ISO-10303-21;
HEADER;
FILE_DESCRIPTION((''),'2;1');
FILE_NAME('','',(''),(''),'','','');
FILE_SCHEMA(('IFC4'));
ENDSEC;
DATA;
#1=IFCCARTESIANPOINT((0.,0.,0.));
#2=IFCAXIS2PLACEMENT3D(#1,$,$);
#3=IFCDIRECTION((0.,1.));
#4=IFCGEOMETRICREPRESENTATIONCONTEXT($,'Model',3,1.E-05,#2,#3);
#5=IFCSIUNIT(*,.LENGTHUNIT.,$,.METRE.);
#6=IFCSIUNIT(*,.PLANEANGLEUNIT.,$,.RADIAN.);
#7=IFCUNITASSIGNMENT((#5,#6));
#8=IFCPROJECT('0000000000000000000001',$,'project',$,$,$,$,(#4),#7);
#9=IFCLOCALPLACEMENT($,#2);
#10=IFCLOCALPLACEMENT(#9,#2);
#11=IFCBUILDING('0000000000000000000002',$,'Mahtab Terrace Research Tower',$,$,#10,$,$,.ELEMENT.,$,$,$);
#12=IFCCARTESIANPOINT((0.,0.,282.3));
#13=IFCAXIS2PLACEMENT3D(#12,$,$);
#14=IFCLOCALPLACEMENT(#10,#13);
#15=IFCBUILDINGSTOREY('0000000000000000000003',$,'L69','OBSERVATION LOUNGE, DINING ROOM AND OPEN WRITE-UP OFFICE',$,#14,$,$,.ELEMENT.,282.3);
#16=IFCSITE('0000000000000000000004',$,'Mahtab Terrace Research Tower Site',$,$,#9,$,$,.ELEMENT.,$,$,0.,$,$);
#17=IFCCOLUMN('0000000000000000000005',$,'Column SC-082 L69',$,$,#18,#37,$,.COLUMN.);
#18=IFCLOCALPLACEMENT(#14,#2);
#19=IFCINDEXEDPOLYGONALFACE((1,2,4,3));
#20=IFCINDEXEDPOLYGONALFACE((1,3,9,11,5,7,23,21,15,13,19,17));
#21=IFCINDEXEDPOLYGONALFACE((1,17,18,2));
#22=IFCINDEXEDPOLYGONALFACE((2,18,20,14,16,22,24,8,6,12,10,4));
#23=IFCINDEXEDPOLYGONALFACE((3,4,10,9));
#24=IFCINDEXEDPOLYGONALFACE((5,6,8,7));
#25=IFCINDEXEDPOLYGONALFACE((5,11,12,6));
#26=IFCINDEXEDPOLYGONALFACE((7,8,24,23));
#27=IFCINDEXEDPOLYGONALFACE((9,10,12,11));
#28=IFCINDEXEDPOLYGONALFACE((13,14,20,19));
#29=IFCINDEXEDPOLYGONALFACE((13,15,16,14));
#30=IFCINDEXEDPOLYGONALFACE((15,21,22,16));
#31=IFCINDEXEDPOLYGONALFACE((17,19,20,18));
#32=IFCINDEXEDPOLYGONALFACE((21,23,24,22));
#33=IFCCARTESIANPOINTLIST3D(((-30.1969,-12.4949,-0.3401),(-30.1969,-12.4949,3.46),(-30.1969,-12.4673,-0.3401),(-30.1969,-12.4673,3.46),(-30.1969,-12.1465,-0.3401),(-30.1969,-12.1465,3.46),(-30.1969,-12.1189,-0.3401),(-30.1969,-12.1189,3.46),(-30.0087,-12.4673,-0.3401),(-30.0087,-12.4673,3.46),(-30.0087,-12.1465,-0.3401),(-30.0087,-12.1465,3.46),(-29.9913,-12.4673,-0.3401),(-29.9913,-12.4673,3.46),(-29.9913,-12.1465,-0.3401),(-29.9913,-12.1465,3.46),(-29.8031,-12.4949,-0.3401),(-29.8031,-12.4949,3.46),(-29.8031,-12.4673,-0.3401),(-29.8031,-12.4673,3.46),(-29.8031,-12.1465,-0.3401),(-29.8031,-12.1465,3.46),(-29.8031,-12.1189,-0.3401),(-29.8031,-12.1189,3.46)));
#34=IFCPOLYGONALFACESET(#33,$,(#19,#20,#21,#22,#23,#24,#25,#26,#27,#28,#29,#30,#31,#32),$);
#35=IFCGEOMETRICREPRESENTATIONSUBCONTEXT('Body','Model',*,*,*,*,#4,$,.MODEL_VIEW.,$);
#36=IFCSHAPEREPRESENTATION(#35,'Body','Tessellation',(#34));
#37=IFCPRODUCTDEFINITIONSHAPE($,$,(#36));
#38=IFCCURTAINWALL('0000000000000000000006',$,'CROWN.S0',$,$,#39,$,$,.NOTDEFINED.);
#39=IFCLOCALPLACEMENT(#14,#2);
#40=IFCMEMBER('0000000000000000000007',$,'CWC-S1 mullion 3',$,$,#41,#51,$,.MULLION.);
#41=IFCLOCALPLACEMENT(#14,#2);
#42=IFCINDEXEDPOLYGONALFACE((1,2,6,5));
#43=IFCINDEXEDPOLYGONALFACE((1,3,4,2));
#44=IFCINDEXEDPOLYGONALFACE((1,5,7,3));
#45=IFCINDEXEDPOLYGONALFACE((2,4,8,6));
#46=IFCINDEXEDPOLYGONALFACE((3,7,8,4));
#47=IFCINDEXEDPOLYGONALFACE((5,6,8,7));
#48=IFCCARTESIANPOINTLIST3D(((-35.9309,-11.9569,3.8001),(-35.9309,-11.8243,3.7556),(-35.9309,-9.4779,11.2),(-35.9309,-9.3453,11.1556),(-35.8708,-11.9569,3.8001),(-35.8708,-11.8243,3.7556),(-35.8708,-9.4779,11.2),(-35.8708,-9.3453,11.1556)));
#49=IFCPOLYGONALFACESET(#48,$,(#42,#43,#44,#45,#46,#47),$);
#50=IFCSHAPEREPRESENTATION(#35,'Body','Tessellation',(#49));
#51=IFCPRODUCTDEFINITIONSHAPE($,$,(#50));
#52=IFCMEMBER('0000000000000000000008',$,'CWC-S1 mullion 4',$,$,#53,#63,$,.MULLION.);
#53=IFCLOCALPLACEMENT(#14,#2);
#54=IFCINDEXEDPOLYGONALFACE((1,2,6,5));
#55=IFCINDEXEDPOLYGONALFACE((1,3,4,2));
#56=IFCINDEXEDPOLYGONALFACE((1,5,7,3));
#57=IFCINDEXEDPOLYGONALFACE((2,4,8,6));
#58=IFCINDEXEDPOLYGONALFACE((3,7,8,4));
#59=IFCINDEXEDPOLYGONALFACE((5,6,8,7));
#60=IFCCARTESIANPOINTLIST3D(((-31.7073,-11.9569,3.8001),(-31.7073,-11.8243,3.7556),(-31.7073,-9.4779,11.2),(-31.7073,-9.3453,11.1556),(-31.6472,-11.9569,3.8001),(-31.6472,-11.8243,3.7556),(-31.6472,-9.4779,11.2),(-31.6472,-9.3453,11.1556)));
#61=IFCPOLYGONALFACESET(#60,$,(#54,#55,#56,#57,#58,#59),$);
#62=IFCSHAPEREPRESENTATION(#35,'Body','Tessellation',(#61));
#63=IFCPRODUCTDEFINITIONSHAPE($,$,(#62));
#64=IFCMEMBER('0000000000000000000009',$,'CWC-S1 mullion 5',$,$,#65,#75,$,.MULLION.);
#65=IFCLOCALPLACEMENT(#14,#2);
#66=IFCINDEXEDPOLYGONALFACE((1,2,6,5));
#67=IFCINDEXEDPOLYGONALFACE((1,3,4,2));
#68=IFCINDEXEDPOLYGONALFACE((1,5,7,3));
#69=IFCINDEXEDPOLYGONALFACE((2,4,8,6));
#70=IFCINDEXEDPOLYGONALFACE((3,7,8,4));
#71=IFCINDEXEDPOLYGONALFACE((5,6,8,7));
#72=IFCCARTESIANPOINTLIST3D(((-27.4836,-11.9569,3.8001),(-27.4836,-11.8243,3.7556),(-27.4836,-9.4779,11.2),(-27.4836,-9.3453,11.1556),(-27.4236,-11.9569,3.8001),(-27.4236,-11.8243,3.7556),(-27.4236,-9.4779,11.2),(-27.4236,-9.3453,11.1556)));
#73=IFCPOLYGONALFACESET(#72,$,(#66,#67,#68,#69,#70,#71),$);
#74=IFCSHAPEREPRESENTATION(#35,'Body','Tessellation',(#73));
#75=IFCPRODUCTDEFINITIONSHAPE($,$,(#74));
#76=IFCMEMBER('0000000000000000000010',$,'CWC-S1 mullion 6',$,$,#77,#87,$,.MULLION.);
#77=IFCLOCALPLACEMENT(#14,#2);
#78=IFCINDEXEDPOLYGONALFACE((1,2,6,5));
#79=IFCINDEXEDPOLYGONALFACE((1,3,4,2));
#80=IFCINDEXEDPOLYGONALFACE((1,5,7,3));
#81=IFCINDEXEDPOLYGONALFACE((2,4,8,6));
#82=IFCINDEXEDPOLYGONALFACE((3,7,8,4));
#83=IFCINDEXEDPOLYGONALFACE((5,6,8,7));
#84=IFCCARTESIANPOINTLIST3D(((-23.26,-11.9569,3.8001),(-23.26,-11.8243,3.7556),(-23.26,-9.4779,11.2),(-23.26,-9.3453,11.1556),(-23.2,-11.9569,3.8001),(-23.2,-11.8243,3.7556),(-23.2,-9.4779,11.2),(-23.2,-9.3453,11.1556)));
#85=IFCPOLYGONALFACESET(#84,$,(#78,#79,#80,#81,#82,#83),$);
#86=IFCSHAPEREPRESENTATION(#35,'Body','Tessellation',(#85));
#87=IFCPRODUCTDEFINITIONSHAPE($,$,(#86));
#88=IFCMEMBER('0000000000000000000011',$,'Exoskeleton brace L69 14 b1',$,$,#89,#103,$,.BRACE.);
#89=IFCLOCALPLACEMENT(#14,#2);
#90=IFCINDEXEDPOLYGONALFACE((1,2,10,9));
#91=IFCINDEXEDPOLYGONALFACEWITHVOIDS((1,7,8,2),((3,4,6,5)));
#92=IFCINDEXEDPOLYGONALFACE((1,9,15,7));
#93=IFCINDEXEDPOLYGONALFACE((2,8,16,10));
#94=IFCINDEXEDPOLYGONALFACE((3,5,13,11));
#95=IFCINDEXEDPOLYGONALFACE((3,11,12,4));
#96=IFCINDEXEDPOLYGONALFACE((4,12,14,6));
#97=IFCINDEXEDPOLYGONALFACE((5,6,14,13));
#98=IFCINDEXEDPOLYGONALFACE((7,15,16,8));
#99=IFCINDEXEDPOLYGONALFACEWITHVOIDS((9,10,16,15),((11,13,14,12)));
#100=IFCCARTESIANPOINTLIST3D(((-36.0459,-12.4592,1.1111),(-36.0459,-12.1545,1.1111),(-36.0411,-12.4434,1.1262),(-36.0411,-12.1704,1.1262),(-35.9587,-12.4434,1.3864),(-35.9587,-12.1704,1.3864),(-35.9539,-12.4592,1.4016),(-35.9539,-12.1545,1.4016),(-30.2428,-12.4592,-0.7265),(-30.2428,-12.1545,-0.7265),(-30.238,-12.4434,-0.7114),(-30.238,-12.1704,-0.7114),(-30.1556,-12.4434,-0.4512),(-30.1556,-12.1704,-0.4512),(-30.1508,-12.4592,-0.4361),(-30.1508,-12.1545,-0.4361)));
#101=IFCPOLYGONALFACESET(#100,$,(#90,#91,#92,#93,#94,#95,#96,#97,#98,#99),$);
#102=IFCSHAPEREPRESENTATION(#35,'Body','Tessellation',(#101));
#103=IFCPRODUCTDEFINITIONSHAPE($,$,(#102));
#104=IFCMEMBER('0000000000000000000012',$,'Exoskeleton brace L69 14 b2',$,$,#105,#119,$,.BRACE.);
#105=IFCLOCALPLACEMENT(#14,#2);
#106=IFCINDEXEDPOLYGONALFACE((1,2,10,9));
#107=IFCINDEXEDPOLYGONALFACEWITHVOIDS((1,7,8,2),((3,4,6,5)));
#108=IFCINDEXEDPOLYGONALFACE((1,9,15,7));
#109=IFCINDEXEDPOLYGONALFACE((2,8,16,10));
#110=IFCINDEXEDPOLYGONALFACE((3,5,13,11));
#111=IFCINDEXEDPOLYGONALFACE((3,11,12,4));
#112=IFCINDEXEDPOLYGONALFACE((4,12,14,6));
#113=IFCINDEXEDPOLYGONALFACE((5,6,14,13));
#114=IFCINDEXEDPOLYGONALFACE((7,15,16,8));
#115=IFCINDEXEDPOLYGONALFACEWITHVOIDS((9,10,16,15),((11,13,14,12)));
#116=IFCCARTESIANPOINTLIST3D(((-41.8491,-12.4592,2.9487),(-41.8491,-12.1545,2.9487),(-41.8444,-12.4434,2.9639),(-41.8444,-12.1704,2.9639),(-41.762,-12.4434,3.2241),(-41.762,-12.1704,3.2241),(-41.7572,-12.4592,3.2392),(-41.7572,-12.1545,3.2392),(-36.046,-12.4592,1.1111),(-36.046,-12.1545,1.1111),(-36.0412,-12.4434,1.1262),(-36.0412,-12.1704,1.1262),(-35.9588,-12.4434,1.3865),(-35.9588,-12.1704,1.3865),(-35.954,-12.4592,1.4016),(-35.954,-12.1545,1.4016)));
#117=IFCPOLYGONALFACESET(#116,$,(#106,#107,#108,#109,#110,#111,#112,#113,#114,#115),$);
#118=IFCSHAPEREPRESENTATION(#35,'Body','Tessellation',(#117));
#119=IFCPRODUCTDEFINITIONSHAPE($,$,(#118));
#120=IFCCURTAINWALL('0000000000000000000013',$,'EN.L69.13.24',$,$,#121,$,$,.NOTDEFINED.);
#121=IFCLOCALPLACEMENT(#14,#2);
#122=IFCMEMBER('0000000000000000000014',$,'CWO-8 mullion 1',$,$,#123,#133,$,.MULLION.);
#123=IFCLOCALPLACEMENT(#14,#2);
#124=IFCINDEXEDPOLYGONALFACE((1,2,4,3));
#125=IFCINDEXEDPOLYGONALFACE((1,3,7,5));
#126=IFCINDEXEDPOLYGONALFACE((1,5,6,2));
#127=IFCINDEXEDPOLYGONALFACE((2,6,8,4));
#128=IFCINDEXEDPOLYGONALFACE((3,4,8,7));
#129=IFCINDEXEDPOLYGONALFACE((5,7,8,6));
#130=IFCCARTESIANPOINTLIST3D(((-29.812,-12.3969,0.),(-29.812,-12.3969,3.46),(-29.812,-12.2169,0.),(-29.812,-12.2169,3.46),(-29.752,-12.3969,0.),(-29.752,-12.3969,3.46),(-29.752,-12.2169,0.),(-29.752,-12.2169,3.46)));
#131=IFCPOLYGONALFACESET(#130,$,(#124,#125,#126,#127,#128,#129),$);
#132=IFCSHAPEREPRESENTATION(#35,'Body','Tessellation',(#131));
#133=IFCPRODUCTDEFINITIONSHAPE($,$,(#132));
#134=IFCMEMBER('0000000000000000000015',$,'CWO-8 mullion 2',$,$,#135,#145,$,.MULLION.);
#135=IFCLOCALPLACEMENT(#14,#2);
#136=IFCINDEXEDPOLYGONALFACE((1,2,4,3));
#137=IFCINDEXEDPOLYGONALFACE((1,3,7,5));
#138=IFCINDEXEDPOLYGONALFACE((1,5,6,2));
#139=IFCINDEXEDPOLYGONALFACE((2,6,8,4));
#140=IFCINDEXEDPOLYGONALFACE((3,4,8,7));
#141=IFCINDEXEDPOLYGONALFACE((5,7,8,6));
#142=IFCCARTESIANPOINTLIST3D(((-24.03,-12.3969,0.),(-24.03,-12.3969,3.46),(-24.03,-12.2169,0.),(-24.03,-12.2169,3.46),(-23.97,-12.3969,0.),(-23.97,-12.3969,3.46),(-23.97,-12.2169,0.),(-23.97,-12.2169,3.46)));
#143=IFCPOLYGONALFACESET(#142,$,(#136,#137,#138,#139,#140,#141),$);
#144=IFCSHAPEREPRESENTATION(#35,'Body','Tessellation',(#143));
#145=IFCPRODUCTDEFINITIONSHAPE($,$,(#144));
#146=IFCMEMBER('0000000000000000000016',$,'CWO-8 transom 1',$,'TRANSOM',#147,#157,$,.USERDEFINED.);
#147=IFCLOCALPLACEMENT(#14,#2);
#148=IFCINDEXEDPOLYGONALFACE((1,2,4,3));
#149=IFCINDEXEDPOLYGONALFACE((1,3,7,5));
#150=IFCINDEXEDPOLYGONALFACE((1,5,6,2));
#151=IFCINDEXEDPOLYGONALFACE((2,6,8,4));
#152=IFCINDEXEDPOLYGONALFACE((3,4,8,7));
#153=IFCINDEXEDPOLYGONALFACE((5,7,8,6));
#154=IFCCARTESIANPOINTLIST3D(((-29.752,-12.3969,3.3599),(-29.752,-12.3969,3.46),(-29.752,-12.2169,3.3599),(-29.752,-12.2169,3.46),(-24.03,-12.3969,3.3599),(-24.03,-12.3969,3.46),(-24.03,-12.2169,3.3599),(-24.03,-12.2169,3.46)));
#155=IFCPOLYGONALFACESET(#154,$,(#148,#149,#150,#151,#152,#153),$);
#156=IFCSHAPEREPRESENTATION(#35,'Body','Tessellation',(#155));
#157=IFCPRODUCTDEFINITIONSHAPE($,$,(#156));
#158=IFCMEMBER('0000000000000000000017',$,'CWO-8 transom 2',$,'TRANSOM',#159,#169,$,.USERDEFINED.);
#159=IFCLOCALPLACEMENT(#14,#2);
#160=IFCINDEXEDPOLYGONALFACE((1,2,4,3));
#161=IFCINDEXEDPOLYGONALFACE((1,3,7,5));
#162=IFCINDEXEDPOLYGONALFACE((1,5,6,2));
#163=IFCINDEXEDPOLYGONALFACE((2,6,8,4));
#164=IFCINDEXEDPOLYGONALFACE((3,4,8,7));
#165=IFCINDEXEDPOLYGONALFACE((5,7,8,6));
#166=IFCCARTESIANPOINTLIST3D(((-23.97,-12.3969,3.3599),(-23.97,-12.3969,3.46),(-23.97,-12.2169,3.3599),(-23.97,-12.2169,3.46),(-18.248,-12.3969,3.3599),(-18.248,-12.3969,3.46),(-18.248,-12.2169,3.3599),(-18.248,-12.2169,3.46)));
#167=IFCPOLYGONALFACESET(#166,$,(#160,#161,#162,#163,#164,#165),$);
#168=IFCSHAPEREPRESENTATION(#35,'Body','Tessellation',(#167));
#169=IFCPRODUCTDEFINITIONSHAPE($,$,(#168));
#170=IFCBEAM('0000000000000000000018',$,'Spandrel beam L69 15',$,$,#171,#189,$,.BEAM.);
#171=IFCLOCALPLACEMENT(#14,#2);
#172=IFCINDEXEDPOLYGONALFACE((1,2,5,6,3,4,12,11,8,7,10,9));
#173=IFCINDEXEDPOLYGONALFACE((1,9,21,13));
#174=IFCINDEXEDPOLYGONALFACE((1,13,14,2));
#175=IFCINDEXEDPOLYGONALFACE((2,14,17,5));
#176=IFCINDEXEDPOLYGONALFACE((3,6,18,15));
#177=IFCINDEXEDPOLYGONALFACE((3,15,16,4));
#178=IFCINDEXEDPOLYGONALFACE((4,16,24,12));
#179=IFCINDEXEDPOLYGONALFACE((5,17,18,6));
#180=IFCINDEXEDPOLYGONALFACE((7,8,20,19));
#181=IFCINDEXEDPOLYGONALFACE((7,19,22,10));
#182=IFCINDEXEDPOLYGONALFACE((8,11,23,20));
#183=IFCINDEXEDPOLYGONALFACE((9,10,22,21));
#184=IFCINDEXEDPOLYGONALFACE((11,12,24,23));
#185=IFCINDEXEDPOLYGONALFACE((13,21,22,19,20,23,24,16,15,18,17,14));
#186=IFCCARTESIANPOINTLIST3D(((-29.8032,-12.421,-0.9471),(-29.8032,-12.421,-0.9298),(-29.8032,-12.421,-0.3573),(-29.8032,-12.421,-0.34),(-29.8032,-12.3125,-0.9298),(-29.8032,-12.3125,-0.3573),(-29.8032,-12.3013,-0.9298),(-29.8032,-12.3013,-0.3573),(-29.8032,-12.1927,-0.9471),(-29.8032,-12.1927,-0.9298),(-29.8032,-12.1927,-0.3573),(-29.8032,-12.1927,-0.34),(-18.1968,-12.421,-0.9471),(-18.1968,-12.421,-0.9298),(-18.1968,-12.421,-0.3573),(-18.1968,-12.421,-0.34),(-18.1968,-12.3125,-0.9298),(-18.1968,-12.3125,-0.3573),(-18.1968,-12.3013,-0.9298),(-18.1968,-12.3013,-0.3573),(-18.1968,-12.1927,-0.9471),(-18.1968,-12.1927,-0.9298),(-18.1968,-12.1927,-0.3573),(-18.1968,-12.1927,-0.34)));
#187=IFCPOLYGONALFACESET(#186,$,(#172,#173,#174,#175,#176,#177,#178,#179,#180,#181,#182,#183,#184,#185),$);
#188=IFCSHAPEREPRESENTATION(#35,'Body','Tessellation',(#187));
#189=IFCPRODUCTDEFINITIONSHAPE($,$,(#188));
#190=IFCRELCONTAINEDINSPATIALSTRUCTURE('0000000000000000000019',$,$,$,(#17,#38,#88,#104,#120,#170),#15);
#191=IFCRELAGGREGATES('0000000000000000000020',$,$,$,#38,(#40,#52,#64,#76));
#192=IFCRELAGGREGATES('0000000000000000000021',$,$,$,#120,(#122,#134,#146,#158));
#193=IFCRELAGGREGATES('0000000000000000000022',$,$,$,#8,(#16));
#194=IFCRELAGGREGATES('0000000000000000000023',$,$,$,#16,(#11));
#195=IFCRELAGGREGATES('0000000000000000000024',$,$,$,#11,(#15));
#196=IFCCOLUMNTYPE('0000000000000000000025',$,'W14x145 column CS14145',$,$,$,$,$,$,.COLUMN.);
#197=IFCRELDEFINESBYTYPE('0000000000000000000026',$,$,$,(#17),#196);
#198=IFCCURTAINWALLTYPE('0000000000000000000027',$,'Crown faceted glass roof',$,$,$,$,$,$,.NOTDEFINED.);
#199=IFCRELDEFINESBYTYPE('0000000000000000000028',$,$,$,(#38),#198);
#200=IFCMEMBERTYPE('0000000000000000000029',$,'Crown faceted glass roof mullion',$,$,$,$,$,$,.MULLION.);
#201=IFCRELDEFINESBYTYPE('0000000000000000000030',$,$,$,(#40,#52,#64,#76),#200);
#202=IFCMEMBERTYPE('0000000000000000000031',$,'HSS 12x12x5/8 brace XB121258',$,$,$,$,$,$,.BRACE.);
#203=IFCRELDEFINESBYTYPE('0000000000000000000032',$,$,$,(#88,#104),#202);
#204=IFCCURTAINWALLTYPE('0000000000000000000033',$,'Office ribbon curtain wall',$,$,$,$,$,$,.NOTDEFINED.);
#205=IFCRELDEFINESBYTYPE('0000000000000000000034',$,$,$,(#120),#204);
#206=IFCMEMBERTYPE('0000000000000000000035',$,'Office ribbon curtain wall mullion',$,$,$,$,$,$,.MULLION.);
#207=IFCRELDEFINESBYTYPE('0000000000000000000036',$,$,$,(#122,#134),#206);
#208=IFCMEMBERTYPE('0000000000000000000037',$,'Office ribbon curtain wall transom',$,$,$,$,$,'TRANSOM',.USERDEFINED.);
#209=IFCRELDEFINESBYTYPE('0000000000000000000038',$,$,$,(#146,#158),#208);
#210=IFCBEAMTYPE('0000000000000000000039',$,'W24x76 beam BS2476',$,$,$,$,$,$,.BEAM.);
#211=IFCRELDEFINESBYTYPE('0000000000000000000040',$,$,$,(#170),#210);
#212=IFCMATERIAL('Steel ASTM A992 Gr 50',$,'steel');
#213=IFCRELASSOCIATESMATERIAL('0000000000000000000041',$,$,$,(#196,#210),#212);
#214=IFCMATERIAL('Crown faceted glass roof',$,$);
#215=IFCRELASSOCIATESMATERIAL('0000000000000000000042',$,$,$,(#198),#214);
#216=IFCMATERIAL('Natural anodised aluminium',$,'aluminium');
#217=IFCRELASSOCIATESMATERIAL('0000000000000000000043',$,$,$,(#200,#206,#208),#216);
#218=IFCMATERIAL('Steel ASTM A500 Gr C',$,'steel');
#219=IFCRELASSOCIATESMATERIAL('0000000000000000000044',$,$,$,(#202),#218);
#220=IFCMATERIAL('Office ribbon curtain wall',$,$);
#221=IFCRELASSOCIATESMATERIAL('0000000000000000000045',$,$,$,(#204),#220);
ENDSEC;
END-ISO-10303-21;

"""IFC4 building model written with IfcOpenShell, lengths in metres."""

from ifc_helpers import new_model, si_unit, direction, frame, origin, origin_2d, place, context, subcontext, project, spatial, rectangle, hollow_rectangle, i_section, extrude, material, material_profile, profile_set, type_object, element, aggregate, save


model = new_model("IFC4")

# Units and contexts
model_context = context("Model", 3, precision=1e-05, world=origin(), true_north=direction((0.0, 1.0)))
body_context = subcontext(model_context, "Body", "Model", "MODEL_VIEW")
ifc_project = project(units=[si_unit("LENGTHUNIT", "METRE"), si_unit("PLANEANGLEUNIT", "RADIAN")], contexts=[model_context])

# Site, building, storey
site_placement = place(None, origin())
site = spatial("IfcSite", under=ifc_project, at=site_placement, Name="Mahtab Terrace Research Tower Site", CompositionType="ELEMENT", RefElevation=0.0)
building_placement = place(site_placement, origin())
building = spatial("IfcBuilding", under=site, at=building_placement, Name="Mahtab Terrace Research Tower", CompositionType="ELEMENT")
storey_placement = place(building_placement, frame((0.0, 0.0, 282.3)))
storey = spatial("IfcBuildingStorey", under=building, at=storey_placement, Name="L69", Description="OBSERVATION LOUNGE, DINING ROOM AND OPEN WRITE-UP OFFICE", CompositionType="ELEMENT", Elevation=282.3)

# Column
ifc_material_1 = material(Name="Steel ASTM A992 Gr 50", Category="steel")
ifc_material_profile_1 = material_profile(ifc_material_1, i_section(OverallWidth=0.3938, OverallDepth=0.376, WebThickness=0.0173, FlangeThickness=0.0276, at=origin_2d()), Name="W14X145")
ifc_profile_set_1 = profile_set([ifc_material_profile_1], Name="Steel ASTM A992 Gr 50")
column_type = type_object("IfcColumnType", Name="W14x145 column CS14145", PredefinedType="COLUMN", material=ifc_profile_set_1)
column_placement = place(storey_placement, frame((-30.0, -12.3069, -0.3401), z_axis=(0.0, 0.0, 1.0), x_axis=(1.0, 0.0, 0.0)))
element("IfcColumn", 1, at=column_placement, inside=storey, type_object=column_type, Name="Column SC-082 L69", PredefinedType="COLUMN", context=body_context, shape_type="SweptSolid", body=[
    extrude(i_section(OverallWidth=0.3938, OverallDepth=0.376, WebThickness=0.0173, FlangeThickness=0.0276, at=origin_2d()), origin(), (0.0, 0.0, 1.0), 3.8),
])

# Curtain wall, members
ifc_material_2 = material(Name="Crown faceted glass roof")
curtain_wall_type_1 = type_object("IfcCurtainWallType", Name="Crown faceted glass roof", PredefinedType="NOTDEFINED", material=ifc_material_2)
curtain_wall_1_placement = place(storey_placement, origin())
curtain_wall_1 = element("IfcCurtainWall", 2, at=curtain_wall_1_placement, inside=storey, type_object=curtain_wall_type_1, Name="CROWN.S0", PredefinedType="NOTDEFINED")
ifc_material_3 = material(Name="Natural anodised aluminium", Category="aluminium")
ifc_material_profile_2 = material_profile(ifc_material_3, rectangle(XDim=0.0601, YDim=0.1399, at=origin_2d()), Name="MULLION 60x140")
ifc_profile_set_2 = profile_set([ifc_material_profile_2], Name="Natural anodised aluminium")
member_type_1 = type_object("IfcMemberType", Name="Crown faceted glass roof mullion", PredefinedType="MULLION", material=ifc_profile_set_2)
member_1_placement = place(storey_placement, frame((-35.9009, -11.8906, 3.7778), z_axis=(0.0, 0.317654, 0.948207), x_axis=(-1.0, 0.0, 0.0)))
member_1 = element("IfcMember", 3, at=member_1_placement, type_object=member_type_1, Name="CWC-S1 mullion 3", PredefinedType="MULLION", context=body_context, shape_type="SweptSolid", body=[
    extrude(rectangle(XDim=0.0601, YDim=0.1399, at=origin_2d()), origin(), (0.0, 0.0, 1.0), 7.8042),
])
member_2_placement = place(storey_placement, frame((-31.6772, -11.8906, 3.7778), z_axis=(0.0, 0.317654, 0.948207), x_axis=(-1.0, 0.0, 0.0)))
member_2 = element("IfcMember", 4, at=member_2_placement, type_object=member_type_1, Name="CWC-S1 mullion 4", PredefinedType="MULLION", context=body_context, shape_type="SweptSolid", body=[
    extrude(rectangle(XDim=0.0601, YDim=0.1399, at=origin_2d()), origin(), (0.0, 0.0, 1.0), 7.8042),
])
member_3_placement = place(storey_placement, frame((-27.4536, -11.8906, 3.7778), z_axis=(0.0, 0.317654, 0.948207), x_axis=(-1.0, 0.0, 0.0)))
member_3 = element("IfcMember", 5, at=member_3_placement, type_object=member_type_1, Name="CWC-S1 mullion 5", PredefinedType="MULLION", context=body_context, shape_type="SweptSolid", body=[
    extrude(rectangle(XDim=0.0601, YDim=0.1399, at=origin_2d()), origin(), (0.0, 0.0, 1.0), 7.8042),
])
member_4_placement = place(storey_placement, frame((-23.23, -11.8906, 3.7778), z_axis=(0.0, 0.317654, 0.948207), x_axis=(-1.0, 0.0, 0.0)))
member_4 = element("IfcMember", 6, at=member_4_placement, type_object=member_type_1, Name="CWC-S1 mullion 6", PredefinedType="MULLION", context=body_context, shape_type="SweptSolid", body=[
    extrude(rectangle(XDim=0.0601, YDim=0.1399, at=origin_2d()), origin(), (0.0, 0.0, 1.0), 7.8042),
])

# Members
ifc_material_4 = material(Name="Steel ASTM A500 Gr C", Category="steel")
ifc_material_profile_3 = material_profile(ifc_material_4, hollow_rectangle(XDim=0.3047, YDim=0.3047, WallThickness=0.0159, at=origin_2d()), Name="HSS12X12X5/8")
ifc_profile_set_3 = profile_set([ifc_material_profile_3], Name="Steel ASTM A500 Gr C")
member_type_2 = type_object("IfcMemberType", Name="HSS 12x12x5/8 brace XB121258", PredefinedType="BRACE", material=ifc_profile_set_3)
for number, where, z_axis, x_axis, name in (
    (7, (-30.1968, -12.3069, -0.5813), (-0.953344, 0.0, 0.301886), (0.0, -1.0, 0.0), "Exoskeleton brace L69 14 b1"),
    (8, (-36.0, -12.3069, 1.2563), (-0.953344, 0.0, 0.301886), (0.0, -1.0, 0.0), "Exoskeleton brace L69 14 b2"),
):
    element("IfcMember", number, at=place(storey_placement, frame(where, z_axis=z_axis, x_axis=x_axis)), inside=storey, type_object=member_type_2, Name=name, PredefinedType="BRACE", context=body_context, shape_type="SweptSolid", body=[
        extrude(hollow_rectangle(XDim=0.3047, YDim=0.3047, WallThickness=0.0159, at=origin_2d()), origin(), (0.0, 0.0, 1.0), 6.0872),
    ])

# Curtain wall, members
ifc_material_5 = material(Name="Office ribbon curtain wall")
curtain_wall_type_2 = type_object("IfcCurtainWallType", Name="Office ribbon curtain wall", PredefinedType="NOTDEFINED", material=ifc_material_5)
curtain_wall_2_placement = place(storey_placement, origin())
curtain_wall_2 = element("IfcCurtainWall", 9, at=curtain_wall_2_placement, inside=storey, type_object=curtain_wall_type_2, Name="EN.L69.13.24", PredefinedType="NOTDEFINED")
ifc_material_profile_4 = material_profile(ifc_material_3, rectangle(XDim=0.1799, YDim=0.0601, at=origin_2d()), Name="MULLION 60x180")
ifc_profile_set_4 = profile_set([ifc_material_profile_4], Name="Natural anodised aluminium")
member_type_3 = type_object("IfcMemberType", Name="Office ribbon curtain wall mullion", PredefinedType="MULLION", material=ifc_profile_set_4)
member_5_placement = place(storey_placement, frame((-29.782, -12.3069, 0.0), z_axis=(0.0, 0.0, 1.0), x_axis=(0.0, 1.0, 0.0)))
member_5 = element("IfcMember", 10, at=member_5_placement, type_object=member_type_3, Name="CWO-8 mullion 1", PredefinedType="MULLION", context=body_context, shape_type="SweptSolid", body=[
    extrude(rectangle(XDim=0.1799, YDim=0.0601, at=origin_2d()), origin(), (0.0, 0.0, 1.0), 3.46),
])
member_6_placement = place(storey_placement, frame((-24.0, -12.3069, 0.0), z_axis=(0.0, 0.0, 1.0), x_axis=(0.0, 1.0, 0.0)))
member_6 = element("IfcMember", 11, at=member_6_placement, type_object=member_type_3, Name="CWO-8 mullion 2", PredefinedType="MULLION", context=body_context, shape_type="SweptSolid", body=[
    extrude(rectangle(XDim=0.1799, YDim=0.0601, at=origin_2d()), origin(), (0.0, 0.0, 1.0), 3.46),
])
ifc_material_profile_5 = material_profile(ifc_material_3, rectangle(XDim=0.1799, YDim=0.1001, at=origin_2d()), Name="TRANSOM 100x180")
ifc_profile_set_5 = profile_set([ifc_material_profile_5], Name="Natural anodised aluminium")
member_type_4 = type_object("IfcMemberType", Name="Office ribbon curtain wall transom", ElementType="TRANSOM", PredefinedType="USERDEFINED", material=ifc_profile_set_5)
member_7_placement = place(storey_placement, frame((-29.752, -12.3069, 3.4099), z_axis=(1.0, 0.0, 0.0), x_axis=(0.0, 1.0, 0.0)))
member_7 = element("IfcMember", 12, at=member_7_placement, type_object=member_type_4, Name="CWO-8 transom 1", ObjectType="TRANSOM", PredefinedType="USERDEFINED", context=body_context, shape_type="SweptSolid", body=[
    extrude(rectangle(XDim=0.1799, YDim=0.1001, at=origin_2d()), origin(), (0.0, 0.0, 1.0), 5.7219),
])
member_8_placement = place(storey_placement, frame((-23.97, -12.3069, 3.4099), z_axis=(1.0, 0.0, 0.0), x_axis=(0.0, 1.0, 0.0)))
member_8 = element("IfcMember", 13, at=member_8_placement, type_object=member_type_4, Name="CWO-8 transom 2", ObjectType="TRANSOM", PredefinedType="USERDEFINED", context=body_context, shape_type="SweptSolid", body=[
    extrude(rectangle(XDim=0.1799, YDim=0.1001, at=origin_2d()), origin(), (0.0, 0.0, 1.0), 5.7219),
])

# Beam
ifc_material_profile_6 = material_profile(ifc_material_1, i_section(OverallWidth=0.2283, OverallDepth=0.6072, WebThickness=0.0112, FlangeThickness=0.0173, at=origin_2d()), Name="W24X76")
ifc_profile_set_6 = profile_set([ifc_material_profile_6], Name="Steel ASTM A992 Gr 50")
beam_type = type_object("IfcBeamType", Name="W24x76 beam BS2476", PredefinedType="BEAM", material=ifc_profile_set_6)
beam_placement = place(storey_placement, frame((-29.8032, -12.3069, -0.6436), z_axis=(1.0, 0.0, 0.0), x_axis=(0.0, 1.0, 0.0)))
element("IfcBeam", 14, at=beam_placement, inside=storey, type_object=beam_type, Name="Spandrel beam L69 15", PredefinedType="BEAM", context=body_context, shape_type="SweptSolid", body=[
    extrude(i_section(OverallWidth=0.2283, OverallDepth=0.6072, WebThickness=0.0112, FlangeThickness=0.0173, at=origin_2d()), origin(), (0.0, 0.0, 1.0), 11.6064),
])

aggregate(curtain_wall_1, [member_1, member_2, member_3, member_4])
aggregate(curtain_wall_2, [member_5, member_6, member_7, member_8])

save(model, "model.ifc")
